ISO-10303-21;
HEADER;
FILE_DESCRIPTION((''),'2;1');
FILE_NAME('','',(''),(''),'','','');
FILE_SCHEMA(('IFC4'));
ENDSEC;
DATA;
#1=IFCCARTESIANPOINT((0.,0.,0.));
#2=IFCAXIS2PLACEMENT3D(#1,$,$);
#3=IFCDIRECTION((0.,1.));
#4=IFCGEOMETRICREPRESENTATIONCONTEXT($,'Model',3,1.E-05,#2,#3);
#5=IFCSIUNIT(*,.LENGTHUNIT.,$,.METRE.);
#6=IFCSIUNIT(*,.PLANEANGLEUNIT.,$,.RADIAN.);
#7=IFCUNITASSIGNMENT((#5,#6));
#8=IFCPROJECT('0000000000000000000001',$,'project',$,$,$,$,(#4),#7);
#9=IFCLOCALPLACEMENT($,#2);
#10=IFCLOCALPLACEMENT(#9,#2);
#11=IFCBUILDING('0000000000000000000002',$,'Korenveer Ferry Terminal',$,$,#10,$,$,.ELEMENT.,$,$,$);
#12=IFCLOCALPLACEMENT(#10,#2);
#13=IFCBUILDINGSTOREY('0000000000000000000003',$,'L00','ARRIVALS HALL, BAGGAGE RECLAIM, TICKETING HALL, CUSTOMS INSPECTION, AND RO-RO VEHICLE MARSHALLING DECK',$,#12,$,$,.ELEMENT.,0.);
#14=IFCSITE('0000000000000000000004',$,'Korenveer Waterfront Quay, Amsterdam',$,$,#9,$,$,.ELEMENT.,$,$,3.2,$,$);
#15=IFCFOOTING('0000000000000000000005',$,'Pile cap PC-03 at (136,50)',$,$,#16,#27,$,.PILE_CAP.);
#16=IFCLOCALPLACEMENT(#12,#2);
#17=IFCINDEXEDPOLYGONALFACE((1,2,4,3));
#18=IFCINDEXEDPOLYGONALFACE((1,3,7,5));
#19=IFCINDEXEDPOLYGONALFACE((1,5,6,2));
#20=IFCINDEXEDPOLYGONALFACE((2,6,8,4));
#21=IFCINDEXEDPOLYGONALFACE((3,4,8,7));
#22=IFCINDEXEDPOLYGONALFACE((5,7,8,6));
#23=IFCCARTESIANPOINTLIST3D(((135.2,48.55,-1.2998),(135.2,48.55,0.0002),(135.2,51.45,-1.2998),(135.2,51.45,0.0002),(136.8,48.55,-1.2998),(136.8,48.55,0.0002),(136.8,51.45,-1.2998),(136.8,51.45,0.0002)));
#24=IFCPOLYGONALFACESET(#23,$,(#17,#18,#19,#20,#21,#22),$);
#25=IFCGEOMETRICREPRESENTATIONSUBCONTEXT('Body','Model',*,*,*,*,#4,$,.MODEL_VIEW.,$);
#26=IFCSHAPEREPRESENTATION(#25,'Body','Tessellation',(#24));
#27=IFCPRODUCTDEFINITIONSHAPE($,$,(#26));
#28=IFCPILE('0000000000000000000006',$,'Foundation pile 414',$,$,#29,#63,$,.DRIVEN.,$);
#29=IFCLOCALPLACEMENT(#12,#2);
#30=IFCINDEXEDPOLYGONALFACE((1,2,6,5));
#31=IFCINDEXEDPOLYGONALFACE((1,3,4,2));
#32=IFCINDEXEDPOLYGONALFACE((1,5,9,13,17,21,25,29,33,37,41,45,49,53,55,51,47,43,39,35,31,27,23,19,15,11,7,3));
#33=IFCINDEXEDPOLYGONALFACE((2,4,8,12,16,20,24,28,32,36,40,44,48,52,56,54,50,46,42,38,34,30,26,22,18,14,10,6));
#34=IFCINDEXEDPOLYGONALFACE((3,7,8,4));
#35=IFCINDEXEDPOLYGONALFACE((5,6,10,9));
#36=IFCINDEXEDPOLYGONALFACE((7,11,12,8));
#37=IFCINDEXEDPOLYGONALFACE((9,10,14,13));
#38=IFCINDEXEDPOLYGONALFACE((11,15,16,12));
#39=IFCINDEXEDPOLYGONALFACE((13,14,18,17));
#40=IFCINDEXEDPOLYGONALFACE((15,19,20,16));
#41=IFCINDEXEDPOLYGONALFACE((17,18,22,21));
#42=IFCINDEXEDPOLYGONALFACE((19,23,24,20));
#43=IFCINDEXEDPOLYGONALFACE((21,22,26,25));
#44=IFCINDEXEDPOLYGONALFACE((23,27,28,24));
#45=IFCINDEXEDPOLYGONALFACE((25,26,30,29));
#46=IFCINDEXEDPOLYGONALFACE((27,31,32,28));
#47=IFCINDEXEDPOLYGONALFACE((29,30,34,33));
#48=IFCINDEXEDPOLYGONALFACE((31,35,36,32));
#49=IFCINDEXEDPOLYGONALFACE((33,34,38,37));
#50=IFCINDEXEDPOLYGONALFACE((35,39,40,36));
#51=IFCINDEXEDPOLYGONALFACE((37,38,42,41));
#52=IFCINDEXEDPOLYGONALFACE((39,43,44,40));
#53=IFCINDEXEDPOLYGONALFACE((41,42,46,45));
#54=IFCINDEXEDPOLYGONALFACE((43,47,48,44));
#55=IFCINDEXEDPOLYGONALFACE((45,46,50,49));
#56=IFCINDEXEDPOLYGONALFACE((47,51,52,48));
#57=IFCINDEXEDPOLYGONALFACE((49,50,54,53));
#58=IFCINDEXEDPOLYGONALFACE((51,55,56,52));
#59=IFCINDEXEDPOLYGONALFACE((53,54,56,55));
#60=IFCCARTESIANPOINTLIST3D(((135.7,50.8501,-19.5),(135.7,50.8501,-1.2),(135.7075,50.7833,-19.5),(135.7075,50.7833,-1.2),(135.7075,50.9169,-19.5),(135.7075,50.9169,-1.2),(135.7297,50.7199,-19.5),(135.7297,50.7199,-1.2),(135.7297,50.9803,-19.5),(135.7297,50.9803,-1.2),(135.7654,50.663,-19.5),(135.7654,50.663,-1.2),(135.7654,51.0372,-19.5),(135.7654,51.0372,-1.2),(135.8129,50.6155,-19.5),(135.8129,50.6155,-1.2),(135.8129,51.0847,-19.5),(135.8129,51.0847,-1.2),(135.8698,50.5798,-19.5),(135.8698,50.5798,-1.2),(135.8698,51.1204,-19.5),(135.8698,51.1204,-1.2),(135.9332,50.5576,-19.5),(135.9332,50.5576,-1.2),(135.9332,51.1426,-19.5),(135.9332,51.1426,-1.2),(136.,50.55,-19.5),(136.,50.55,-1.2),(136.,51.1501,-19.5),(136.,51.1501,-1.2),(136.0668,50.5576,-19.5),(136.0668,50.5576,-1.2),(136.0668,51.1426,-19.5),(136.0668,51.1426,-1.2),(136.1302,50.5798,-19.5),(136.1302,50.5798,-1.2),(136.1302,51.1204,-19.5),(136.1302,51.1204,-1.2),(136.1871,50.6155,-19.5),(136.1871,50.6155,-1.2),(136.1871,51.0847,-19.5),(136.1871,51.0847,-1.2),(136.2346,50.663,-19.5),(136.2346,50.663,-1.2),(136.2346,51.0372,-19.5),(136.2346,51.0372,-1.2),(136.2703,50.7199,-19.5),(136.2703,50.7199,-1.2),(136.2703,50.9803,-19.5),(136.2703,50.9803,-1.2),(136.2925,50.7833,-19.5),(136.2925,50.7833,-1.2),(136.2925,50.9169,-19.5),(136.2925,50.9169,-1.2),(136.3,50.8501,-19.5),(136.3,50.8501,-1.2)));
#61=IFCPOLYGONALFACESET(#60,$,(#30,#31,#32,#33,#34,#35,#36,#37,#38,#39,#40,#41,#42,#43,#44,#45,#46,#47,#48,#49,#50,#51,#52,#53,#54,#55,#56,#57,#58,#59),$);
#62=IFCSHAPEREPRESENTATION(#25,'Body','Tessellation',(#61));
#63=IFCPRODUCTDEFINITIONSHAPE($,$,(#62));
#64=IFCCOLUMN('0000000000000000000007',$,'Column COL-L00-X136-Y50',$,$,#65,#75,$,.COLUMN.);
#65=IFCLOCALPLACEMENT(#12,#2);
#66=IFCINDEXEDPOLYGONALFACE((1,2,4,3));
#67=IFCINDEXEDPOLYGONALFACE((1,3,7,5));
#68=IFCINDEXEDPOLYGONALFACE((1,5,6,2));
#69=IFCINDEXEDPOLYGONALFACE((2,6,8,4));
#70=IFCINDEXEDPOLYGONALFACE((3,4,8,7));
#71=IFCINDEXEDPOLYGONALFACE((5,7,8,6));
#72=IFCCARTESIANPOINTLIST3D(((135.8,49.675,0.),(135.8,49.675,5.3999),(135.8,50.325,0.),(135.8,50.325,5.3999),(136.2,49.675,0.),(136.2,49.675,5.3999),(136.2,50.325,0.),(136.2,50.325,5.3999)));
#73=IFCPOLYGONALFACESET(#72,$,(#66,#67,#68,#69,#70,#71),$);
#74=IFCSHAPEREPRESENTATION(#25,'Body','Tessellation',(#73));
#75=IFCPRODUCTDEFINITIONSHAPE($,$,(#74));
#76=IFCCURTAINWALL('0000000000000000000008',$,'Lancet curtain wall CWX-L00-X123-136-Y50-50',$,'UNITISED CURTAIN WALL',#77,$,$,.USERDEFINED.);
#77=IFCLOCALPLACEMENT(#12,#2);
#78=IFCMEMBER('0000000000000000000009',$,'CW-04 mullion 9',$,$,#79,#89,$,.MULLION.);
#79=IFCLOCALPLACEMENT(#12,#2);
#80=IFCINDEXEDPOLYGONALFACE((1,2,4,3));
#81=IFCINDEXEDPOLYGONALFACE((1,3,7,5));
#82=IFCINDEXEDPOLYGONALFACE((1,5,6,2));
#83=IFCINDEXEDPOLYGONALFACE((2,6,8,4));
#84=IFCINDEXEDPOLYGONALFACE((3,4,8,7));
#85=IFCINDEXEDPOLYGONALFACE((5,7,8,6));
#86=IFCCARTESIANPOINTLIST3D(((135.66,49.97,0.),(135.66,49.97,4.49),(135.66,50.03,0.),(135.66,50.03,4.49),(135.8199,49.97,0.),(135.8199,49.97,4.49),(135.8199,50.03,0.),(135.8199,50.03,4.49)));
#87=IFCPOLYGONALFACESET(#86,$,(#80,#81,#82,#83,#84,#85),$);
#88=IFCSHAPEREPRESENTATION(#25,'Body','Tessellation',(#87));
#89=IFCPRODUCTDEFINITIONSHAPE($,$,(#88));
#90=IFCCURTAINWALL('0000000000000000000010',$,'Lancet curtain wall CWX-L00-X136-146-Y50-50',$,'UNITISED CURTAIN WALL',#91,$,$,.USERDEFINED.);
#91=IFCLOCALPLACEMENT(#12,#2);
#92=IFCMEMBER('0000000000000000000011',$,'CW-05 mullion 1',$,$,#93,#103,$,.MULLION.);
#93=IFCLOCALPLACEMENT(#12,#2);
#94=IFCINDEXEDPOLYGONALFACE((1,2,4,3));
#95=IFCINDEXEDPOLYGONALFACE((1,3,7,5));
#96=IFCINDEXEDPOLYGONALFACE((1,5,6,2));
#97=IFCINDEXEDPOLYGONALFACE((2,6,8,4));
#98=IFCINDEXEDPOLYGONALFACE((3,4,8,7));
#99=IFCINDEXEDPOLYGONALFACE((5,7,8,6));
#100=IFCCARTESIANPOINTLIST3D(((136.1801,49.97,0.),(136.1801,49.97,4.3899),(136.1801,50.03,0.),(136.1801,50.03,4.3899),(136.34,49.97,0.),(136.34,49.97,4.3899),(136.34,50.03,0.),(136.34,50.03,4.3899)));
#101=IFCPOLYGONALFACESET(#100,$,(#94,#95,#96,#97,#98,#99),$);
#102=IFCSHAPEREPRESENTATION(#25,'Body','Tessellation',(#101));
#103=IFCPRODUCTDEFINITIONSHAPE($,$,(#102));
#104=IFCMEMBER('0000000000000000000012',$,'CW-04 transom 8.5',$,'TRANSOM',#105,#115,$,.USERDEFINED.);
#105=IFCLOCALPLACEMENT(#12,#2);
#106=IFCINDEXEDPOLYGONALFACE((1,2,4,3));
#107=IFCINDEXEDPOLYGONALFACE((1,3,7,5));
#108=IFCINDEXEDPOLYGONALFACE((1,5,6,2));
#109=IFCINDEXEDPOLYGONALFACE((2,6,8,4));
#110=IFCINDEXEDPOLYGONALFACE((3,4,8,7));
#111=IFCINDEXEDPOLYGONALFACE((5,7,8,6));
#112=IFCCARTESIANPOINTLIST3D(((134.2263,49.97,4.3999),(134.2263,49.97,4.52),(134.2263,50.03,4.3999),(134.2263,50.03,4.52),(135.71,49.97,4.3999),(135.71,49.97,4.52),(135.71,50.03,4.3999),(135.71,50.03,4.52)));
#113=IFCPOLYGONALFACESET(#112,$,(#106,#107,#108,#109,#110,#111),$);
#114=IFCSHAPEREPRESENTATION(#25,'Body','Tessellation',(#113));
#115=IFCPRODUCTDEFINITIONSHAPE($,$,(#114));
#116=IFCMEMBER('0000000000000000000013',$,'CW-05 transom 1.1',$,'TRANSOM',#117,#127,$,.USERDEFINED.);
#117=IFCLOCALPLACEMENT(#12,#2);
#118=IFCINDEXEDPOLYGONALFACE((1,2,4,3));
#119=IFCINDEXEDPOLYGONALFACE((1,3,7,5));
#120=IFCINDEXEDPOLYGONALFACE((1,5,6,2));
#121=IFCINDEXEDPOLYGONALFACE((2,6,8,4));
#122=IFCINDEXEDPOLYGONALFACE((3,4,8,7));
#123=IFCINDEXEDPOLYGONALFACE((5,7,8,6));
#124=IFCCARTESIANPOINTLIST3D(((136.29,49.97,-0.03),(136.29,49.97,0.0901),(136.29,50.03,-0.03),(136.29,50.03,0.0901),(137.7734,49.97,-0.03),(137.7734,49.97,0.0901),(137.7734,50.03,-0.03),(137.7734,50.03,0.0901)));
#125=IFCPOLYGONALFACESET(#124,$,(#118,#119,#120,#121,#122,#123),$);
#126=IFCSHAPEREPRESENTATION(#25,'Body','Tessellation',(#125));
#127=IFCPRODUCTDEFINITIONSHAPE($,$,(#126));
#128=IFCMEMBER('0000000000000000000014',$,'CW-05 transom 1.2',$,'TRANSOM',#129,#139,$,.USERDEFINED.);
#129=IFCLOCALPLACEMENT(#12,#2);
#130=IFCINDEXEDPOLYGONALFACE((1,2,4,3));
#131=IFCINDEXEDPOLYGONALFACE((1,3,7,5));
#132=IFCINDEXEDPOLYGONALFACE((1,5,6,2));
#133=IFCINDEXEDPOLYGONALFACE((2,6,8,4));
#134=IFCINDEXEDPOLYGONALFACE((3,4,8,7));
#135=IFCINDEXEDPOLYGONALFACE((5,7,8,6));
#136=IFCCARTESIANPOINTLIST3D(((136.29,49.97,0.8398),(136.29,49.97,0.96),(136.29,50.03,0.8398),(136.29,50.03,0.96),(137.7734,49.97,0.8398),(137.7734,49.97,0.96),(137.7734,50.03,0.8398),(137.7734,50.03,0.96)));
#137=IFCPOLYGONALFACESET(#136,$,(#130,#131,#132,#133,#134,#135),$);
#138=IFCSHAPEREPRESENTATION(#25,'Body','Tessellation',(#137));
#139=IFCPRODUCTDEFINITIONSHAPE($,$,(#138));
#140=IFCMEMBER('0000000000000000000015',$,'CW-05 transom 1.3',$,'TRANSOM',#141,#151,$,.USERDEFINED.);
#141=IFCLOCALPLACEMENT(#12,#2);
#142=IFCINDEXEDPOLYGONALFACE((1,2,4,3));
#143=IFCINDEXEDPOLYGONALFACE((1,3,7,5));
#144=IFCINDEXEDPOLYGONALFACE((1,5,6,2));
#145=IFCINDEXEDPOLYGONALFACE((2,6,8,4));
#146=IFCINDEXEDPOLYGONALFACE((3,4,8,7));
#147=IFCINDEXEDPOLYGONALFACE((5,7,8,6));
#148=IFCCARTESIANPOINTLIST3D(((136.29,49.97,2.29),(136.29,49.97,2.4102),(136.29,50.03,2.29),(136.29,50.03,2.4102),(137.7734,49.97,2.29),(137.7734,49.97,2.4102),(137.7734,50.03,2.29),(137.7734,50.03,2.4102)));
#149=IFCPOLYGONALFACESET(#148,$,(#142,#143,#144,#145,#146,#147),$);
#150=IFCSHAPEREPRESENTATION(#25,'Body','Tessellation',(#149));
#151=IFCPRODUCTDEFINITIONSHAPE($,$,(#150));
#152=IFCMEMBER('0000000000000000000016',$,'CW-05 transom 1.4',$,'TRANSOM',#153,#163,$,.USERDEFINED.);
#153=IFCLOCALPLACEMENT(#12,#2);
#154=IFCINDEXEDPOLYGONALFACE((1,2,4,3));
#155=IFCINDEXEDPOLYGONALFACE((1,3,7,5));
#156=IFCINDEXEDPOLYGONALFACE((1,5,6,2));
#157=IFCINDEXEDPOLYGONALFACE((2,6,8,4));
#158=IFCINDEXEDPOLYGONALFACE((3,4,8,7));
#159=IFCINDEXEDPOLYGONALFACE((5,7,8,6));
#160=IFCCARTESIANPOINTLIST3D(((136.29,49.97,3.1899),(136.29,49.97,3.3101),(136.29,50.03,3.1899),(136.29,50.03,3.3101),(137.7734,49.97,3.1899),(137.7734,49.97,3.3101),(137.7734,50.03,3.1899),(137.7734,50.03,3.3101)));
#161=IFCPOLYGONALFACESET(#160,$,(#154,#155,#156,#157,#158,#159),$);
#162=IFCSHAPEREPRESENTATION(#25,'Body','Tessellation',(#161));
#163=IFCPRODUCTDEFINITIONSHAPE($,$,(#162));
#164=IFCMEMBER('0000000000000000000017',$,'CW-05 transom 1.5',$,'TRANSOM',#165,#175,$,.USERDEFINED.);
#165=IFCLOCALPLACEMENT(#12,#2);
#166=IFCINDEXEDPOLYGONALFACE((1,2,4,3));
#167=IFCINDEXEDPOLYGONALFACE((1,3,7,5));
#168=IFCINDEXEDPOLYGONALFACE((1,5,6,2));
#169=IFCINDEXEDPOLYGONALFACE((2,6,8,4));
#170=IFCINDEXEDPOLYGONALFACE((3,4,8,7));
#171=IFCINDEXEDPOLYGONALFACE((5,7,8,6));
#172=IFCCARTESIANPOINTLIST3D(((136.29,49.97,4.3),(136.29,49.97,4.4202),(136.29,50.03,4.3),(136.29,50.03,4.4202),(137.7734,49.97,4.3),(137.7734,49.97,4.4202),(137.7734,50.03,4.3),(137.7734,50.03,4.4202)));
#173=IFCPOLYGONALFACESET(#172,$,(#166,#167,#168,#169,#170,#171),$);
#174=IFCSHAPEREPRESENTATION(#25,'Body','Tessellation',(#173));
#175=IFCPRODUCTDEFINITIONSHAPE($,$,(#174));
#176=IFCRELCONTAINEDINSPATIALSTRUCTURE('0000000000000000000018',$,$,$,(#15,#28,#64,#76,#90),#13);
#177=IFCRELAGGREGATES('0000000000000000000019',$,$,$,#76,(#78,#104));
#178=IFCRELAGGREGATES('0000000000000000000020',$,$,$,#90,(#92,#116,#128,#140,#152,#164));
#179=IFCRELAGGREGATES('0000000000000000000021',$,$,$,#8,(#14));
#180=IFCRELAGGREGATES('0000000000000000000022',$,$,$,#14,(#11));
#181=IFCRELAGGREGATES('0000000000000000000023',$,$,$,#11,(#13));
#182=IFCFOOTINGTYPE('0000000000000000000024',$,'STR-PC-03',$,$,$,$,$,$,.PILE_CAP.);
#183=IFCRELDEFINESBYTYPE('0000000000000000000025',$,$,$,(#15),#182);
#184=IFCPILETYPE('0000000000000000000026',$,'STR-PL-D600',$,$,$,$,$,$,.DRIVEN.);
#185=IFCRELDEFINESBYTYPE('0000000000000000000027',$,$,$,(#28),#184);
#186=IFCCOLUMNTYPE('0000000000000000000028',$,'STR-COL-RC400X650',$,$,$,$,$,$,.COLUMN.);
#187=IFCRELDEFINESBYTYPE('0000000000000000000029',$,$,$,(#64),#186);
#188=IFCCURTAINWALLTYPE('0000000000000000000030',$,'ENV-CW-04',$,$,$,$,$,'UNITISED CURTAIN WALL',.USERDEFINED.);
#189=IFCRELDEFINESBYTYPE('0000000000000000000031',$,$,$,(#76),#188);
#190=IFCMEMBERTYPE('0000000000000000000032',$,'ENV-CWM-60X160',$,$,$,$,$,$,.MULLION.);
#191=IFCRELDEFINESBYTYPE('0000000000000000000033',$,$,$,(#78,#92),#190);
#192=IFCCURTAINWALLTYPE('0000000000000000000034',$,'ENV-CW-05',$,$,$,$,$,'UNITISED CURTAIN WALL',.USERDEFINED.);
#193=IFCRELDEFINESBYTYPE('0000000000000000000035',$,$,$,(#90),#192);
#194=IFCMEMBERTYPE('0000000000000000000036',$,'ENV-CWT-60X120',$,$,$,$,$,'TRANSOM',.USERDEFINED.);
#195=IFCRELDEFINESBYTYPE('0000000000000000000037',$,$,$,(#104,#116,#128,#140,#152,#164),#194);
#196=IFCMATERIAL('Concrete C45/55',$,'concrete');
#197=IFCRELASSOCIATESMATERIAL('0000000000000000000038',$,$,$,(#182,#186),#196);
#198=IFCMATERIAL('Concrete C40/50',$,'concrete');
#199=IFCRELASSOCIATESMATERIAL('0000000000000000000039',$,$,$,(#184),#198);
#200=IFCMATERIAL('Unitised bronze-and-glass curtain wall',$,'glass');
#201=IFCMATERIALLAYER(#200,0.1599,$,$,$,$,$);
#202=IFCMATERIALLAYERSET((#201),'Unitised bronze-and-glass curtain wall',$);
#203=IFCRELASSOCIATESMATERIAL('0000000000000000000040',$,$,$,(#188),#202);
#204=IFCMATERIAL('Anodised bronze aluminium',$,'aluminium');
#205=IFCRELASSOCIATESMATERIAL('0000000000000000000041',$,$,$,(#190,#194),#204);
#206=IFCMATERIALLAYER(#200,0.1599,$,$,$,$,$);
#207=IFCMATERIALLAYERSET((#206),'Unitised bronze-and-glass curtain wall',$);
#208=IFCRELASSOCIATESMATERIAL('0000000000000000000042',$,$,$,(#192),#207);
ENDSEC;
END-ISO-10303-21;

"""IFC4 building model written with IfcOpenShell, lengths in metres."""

from ifc_helpers import new_model, si_unit, direction, frame, origin, origin_2d, place, context, subcontext, project, spatial, rectangle, circle, extrude, material, layer, layer_set, material_profile, profile_set, type_object, element, aggregate, save


model = new_model("IFC4")

# Units and contexts
model_context = context("Model", 3, precision=1e-05, world=origin(), true_north=direction((0.0, 1.0)))
body_context = subcontext(model_context, "Body", "Model", "MODEL_VIEW")
ifc_project = project(units=[si_unit("LENGTHUNIT", "METRE"), si_unit("PLANEANGLEUNIT", "RADIAN")], contexts=[model_context])

# Site, building, storey
site_placement = place(None, origin())
site = spatial("IfcSite", under=ifc_project, at=site_placement, Name="Korenveer Waterfront Quay, Amsterdam", CompositionType="ELEMENT", RefElevation=3.2)
building_placement = place(site_placement, origin())
building = spatial("IfcBuilding", under=site, at=building_placement, Name="Korenveer Ferry Terminal", CompositionType="ELEMENT")
storey_placement = place(building_placement, origin())
storey = spatial("IfcBuildingStorey", under=building, at=storey_placement, Name="L00", Description="ARRIVALS HALL, BAGGAGE RECLAIM, TICKETING HALL, CUSTOMS INSPECTION, AND RO-RO VEHICLE MARSHALLING DECK", CompositionType="ELEMENT", Elevation=0.0)

# Footing
ifc_material_1 = material(Name="Concrete C45/55", Category="concrete")
footing_type = type_object("IfcFootingType", Name="STR-PC-03", PredefinedType="PILE_CAP", material=ifc_material_1)
footing_placement = place(storey_placement, frame((136.0, 50.0, -1.2998), z_axis=(0.0, 0.0, 1.0), x_axis=(1.0, 0.0, 0.0)))
element("IfcFooting", 1, at=footing_placement, inside=storey, type_object=footing_type, Name="Pile cap PC-03 at (136,50)", PredefinedType="PILE_CAP", context=body_context, shape_type="SweptSolid", body=[
    extrude(rectangle(XDim=1.6001, YDim=2.8999, at=origin_2d()), origin(), (0.0, 0.0, 1.0), 1.3),
])

# Pile
ifc_material_2 = material(Name="Concrete C40/50", Category="concrete")
ifc_material_profile_1 = material_profile(ifc_material_2, circle(Radius=0.3, at=origin_2d()), Name="PILE D600")
ifc_profile_set_1 = profile_set([ifc_material_profile_1], Name="Concrete C40/50")
pile_type = type_object("IfcPileType", Name="STR-PL-D600", PredefinedType="DRIVEN", material=ifc_profile_set_1)
pile_placement = place(storey_placement, frame((136.0, 50.8501, -1.2), z_axis=(0.0, 0.0, -1.0), x_axis=(1.0, 0.0, 0.0)))
element("IfcPile", 2, at=pile_placement, inside=storey, type_object=pile_type, Name="Foundation pile 414", PredefinedType="DRIVEN", context=body_context, shape_type="SweptSolid", body=[
    extrude(circle(Radius=0.3, at=origin_2d()), origin(), (0.0, 0.0, 1.0), 18.3),
])

# Column
ifc_material_profile_2 = material_profile(ifc_material_1, rectangle(XDim=0.3999, YDim=0.6499, at=origin_2d()), Name="RC 400x650")
ifc_profile_set_2 = profile_set([ifc_material_profile_2], Name="Concrete C45/55")
column_type = type_object("IfcColumnType", Name="STR-COL-RC400X650", PredefinedType="COLUMN", material=ifc_profile_set_2)
column_placement = place(storey_placement, frame((136.0, 50.0, 0.0), z_axis=(0.0, 0.0, 1.0), x_axis=(1.0, 0.0, 0.0)))
element("IfcColumn", 3, at=column_placement, inside=storey, type_object=column_type, Name="Column COL-L00-X136-Y50", PredefinedType="COLUMN", context=body_context, shape_type="SweptSolid", body=[
    extrude(rectangle(XDim=0.3999, YDim=0.6499, at=origin_2d()), origin(), (0.0, 0.0, 1.0), 5.3999),
])

# Curtain walls, members
ifc_material_3 = material(Name="Unitised bronze-and-glass curtain wall", Category="glass")
ifc_layer_1 = layer(ifc_material_3, 0.1599)
ifc_layer_set_1 = layer_set([ifc_layer_1], Name="Unitised bronze-and-glass curtain wall")
curtain_wall_type_1 = type_object("IfcCurtainWallType", Name="ENV-CW-04", ElementType="UNITISED CURTAIN WALL", PredefinedType="USERDEFINED", material=ifc_layer_set_1)
curtain_wall_1_placement = place(storey_placement, frame((123.1799, 50.0, 0.0)))
curtain_wall_1 = element("IfcCurtainWall", 4, at=curtain_wall_1_placement, inside=storey, type_object=curtain_wall_type_1, Name="Lancet curtain wall CWX-L00-X123-136-Y50-50", ObjectType="UNITISED CURTAIN WALL", PredefinedType="USERDEFINED")
ifc_material_4 = material(Name="Anodised bronze aluminium", Category="aluminium")
ifc_material_profile_3 = material_profile(ifc_material_4, rectangle(XDim=0.0601, YDim=0.1599, at=origin_2d()), Name="ALU 60x160")
ifc_profile_set_3 = profile_set([ifc_material_profile_3], Name="Anodised bronze aluminium")
member_type_1 = type_object("IfcMemberType", Name="ENV-CWM-60X160", PredefinedType="MULLION", material=ifc_profile_set_3)
member_1_placement = place(storey_placement, frame((135.74, 50.0, 0.0), z_axis=(0.0, 0.0, 1.0), x_axis=(0.0, 1.0, 0.0)))
member_1 = element("IfcMember", 5, at=member_1_placement, type_object=member_type_1, Name="CW-04 mullion 9", PredefinedType="MULLION", context=body_context, shape_type="SweptSolid", body=[
    extrude(rectangle(XDim=0.0601, YDim=0.1599, at=origin_2d()), origin(), (0.0, 0.0, 1.0), 4.49),
])
ifc_layer_2 = layer(ifc_material_3, 0.1599)
ifc_layer_set_2 = layer_set([ifc_layer_2], Name="Unitised bronze-and-glass curtain wall")
curtain_wall_type_2 = type_object("IfcCurtainWallType", Name="ENV-CW-05", ElementType="UNITISED CURTAIN WALL", PredefinedType="USERDEFINED", material=ifc_layer_set_2)
curtain_wall_2_placement = place(storey_placement, frame((136.23, 50.0, 0.0)))
curtain_wall_2 = element("IfcCurtainWall", 6, at=curtain_wall_2_placement, inside=storey, type_object=curtain_wall_type_2, Name="Lancet curtain wall CWX-L00-X136-146-Y50-50", ObjectType="UNITISED CURTAIN WALL", PredefinedType="USERDEFINED")
member_2_placement = place(storey_placement, frame((136.26, 50.0, 0.0), z_axis=(0.0, 0.0, 1.0), x_axis=(0.0, 1.0, 0.0)))
member_2 = element("IfcMember", 7, at=member_2_placement, type_object=member_type_1, Name="CW-05 mullion 1", PredefinedType="MULLION", context=body_context, shape_type="SweptSolid", body=[
    extrude(rectangle(XDim=0.0601, YDim=0.1599, at=origin_2d()), origin(), (0.0, 0.0, 1.0), 4.3899),
])

# Members
ifc_material_profile_4 = material_profile(ifc_material_4, rectangle(XDim=0.0601, YDim=0.1201, at=origin_2d()), Name="ALU 60x120")
ifc_profile_set_4 = profile_set([ifc_material_profile_4], Name="Anodised bronze aluminium")
member_type_2 = type_object("IfcMemberType", Name="ENV-CWT-60X120", ElementType="TRANSOM", PredefinedType="USERDEFINED", material=ifc_profile_set_4)
member_3_placement = place(storey_placement, frame((134.2263, 50.0, 4.46), z_axis=(1.0, 0.0, 0.0), x_axis=(0.0, 1.0, 0.0)))
member_3 = element("IfcMember", 8, at=member_3_placement, type_object=member_type_2, Name="CW-04 transom 8.5", ObjectType="TRANSOM", PredefinedType="USERDEFINED", context=body_context, shape_type="SweptSolid", body=[
    extrude(rectangle(XDim=0.0601, YDim=0.1201, at=origin_2d()), origin(), (0.0, 0.0, 1.0), 1.4836),
])
member_4_placement = place(storey_placement, frame((136.29, 50.0, 0.03), z_axis=(1.0, 0.0, 0.0), x_axis=(0.0, 1.0, 0.0)))
member_4 = element("IfcMember", 9, at=member_4_placement, type_object=member_type_2, Name="CW-05 transom 1.1", ObjectType="TRANSOM", PredefinedType="USERDEFINED", context=body_context, shape_type="SweptSolid", body=[
    extrude(rectangle(XDim=0.0601, YDim=0.1201, at=origin_2d()), origin(), (0.0, 0.0, 1.0), 1.4834),
])
member_5_placement = place(storey_placement, frame((136.29, 50.0, 0.8999), z_axis=(1.0, 0.0, 0.0), x_axis=(0.0, 1.0, 0.0)))
member_5 = element("IfcMember", 10, at=member_5_placement, type_object=member_type_2, Name="CW-05 transom 1.2", ObjectType="TRANSOM", PredefinedType="USERDEFINED", context=body_context, shape_type="SweptSolid", body=[
    extrude(rectangle(XDim=0.0601, YDim=0.1201, at=origin_2d()), origin(), (0.0, 0.0, 1.0), 1.4834),
])
member_6_placement = place(storey_placement, frame((136.29, 50.0, 2.3501), z_axis=(1.0, 0.0, 0.0), x_axis=(0.0, 1.0, 0.0)))
member_6 = element("IfcMember", 11, at=member_6_placement, type_object=member_type_2, Name="CW-05 transom 1.3", ObjectType="TRANSOM", PredefinedType="USERDEFINED", context=body_context, shape_type="SweptSolid", body=[
    extrude(rectangle(XDim=0.0601, YDim=0.1201, at=origin_2d()), origin(), (0.0, 0.0, 1.0), 1.4834),
])
member_7_placement = place(storey_placement, frame((136.29, 50.0, 3.25), z_axis=(1.0, 0.0, 0.0), x_axis=(0.0, 1.0, 0.0)))
member_7 = element("IfcMember", 12, at=member_7_placement, type_object=member_type_2, Name="CW-05 transom 1.4", ObjectType="TRANSOM", PredefinedType="USERDEFINED", context=body_context, shape_type="SweptSolid", body=[
    extrude(rectangle(XDim=0.0601, YDim=0.1201, at=origin_2d()), origin(), (0.0, 0.0, 1.0), 1.4834),
])
member_8_placement = place(storey_placement, frame((136.29, 50.0, 4.3601), z_axis=(1.0, 0.0, 0.0), x_axis=(0.0, 1.0, 0.0)))
member_8 = element("IfcMember", 13, at=member_8_placement, type_object=member_type_2, Name="CW-05 transom 1.5", ObjectType="TRANSOM", PredefinedType="USERDEFINED", context=body_context, shape_type="SweptSolid", body=[
    extrude(rectangle(XDim=0.0601, YDim=0.1201, at=origin_2d()), origin(), (0.0, 0.0, 1.0), 1.4834),
])

aggregate(curtain_wall_1, [member_1, member_3])
aggregate(curtain_wall_2, [member_2, member_4, member_5, member_6, member_7, member_8])

save(model, "model.ifc")
